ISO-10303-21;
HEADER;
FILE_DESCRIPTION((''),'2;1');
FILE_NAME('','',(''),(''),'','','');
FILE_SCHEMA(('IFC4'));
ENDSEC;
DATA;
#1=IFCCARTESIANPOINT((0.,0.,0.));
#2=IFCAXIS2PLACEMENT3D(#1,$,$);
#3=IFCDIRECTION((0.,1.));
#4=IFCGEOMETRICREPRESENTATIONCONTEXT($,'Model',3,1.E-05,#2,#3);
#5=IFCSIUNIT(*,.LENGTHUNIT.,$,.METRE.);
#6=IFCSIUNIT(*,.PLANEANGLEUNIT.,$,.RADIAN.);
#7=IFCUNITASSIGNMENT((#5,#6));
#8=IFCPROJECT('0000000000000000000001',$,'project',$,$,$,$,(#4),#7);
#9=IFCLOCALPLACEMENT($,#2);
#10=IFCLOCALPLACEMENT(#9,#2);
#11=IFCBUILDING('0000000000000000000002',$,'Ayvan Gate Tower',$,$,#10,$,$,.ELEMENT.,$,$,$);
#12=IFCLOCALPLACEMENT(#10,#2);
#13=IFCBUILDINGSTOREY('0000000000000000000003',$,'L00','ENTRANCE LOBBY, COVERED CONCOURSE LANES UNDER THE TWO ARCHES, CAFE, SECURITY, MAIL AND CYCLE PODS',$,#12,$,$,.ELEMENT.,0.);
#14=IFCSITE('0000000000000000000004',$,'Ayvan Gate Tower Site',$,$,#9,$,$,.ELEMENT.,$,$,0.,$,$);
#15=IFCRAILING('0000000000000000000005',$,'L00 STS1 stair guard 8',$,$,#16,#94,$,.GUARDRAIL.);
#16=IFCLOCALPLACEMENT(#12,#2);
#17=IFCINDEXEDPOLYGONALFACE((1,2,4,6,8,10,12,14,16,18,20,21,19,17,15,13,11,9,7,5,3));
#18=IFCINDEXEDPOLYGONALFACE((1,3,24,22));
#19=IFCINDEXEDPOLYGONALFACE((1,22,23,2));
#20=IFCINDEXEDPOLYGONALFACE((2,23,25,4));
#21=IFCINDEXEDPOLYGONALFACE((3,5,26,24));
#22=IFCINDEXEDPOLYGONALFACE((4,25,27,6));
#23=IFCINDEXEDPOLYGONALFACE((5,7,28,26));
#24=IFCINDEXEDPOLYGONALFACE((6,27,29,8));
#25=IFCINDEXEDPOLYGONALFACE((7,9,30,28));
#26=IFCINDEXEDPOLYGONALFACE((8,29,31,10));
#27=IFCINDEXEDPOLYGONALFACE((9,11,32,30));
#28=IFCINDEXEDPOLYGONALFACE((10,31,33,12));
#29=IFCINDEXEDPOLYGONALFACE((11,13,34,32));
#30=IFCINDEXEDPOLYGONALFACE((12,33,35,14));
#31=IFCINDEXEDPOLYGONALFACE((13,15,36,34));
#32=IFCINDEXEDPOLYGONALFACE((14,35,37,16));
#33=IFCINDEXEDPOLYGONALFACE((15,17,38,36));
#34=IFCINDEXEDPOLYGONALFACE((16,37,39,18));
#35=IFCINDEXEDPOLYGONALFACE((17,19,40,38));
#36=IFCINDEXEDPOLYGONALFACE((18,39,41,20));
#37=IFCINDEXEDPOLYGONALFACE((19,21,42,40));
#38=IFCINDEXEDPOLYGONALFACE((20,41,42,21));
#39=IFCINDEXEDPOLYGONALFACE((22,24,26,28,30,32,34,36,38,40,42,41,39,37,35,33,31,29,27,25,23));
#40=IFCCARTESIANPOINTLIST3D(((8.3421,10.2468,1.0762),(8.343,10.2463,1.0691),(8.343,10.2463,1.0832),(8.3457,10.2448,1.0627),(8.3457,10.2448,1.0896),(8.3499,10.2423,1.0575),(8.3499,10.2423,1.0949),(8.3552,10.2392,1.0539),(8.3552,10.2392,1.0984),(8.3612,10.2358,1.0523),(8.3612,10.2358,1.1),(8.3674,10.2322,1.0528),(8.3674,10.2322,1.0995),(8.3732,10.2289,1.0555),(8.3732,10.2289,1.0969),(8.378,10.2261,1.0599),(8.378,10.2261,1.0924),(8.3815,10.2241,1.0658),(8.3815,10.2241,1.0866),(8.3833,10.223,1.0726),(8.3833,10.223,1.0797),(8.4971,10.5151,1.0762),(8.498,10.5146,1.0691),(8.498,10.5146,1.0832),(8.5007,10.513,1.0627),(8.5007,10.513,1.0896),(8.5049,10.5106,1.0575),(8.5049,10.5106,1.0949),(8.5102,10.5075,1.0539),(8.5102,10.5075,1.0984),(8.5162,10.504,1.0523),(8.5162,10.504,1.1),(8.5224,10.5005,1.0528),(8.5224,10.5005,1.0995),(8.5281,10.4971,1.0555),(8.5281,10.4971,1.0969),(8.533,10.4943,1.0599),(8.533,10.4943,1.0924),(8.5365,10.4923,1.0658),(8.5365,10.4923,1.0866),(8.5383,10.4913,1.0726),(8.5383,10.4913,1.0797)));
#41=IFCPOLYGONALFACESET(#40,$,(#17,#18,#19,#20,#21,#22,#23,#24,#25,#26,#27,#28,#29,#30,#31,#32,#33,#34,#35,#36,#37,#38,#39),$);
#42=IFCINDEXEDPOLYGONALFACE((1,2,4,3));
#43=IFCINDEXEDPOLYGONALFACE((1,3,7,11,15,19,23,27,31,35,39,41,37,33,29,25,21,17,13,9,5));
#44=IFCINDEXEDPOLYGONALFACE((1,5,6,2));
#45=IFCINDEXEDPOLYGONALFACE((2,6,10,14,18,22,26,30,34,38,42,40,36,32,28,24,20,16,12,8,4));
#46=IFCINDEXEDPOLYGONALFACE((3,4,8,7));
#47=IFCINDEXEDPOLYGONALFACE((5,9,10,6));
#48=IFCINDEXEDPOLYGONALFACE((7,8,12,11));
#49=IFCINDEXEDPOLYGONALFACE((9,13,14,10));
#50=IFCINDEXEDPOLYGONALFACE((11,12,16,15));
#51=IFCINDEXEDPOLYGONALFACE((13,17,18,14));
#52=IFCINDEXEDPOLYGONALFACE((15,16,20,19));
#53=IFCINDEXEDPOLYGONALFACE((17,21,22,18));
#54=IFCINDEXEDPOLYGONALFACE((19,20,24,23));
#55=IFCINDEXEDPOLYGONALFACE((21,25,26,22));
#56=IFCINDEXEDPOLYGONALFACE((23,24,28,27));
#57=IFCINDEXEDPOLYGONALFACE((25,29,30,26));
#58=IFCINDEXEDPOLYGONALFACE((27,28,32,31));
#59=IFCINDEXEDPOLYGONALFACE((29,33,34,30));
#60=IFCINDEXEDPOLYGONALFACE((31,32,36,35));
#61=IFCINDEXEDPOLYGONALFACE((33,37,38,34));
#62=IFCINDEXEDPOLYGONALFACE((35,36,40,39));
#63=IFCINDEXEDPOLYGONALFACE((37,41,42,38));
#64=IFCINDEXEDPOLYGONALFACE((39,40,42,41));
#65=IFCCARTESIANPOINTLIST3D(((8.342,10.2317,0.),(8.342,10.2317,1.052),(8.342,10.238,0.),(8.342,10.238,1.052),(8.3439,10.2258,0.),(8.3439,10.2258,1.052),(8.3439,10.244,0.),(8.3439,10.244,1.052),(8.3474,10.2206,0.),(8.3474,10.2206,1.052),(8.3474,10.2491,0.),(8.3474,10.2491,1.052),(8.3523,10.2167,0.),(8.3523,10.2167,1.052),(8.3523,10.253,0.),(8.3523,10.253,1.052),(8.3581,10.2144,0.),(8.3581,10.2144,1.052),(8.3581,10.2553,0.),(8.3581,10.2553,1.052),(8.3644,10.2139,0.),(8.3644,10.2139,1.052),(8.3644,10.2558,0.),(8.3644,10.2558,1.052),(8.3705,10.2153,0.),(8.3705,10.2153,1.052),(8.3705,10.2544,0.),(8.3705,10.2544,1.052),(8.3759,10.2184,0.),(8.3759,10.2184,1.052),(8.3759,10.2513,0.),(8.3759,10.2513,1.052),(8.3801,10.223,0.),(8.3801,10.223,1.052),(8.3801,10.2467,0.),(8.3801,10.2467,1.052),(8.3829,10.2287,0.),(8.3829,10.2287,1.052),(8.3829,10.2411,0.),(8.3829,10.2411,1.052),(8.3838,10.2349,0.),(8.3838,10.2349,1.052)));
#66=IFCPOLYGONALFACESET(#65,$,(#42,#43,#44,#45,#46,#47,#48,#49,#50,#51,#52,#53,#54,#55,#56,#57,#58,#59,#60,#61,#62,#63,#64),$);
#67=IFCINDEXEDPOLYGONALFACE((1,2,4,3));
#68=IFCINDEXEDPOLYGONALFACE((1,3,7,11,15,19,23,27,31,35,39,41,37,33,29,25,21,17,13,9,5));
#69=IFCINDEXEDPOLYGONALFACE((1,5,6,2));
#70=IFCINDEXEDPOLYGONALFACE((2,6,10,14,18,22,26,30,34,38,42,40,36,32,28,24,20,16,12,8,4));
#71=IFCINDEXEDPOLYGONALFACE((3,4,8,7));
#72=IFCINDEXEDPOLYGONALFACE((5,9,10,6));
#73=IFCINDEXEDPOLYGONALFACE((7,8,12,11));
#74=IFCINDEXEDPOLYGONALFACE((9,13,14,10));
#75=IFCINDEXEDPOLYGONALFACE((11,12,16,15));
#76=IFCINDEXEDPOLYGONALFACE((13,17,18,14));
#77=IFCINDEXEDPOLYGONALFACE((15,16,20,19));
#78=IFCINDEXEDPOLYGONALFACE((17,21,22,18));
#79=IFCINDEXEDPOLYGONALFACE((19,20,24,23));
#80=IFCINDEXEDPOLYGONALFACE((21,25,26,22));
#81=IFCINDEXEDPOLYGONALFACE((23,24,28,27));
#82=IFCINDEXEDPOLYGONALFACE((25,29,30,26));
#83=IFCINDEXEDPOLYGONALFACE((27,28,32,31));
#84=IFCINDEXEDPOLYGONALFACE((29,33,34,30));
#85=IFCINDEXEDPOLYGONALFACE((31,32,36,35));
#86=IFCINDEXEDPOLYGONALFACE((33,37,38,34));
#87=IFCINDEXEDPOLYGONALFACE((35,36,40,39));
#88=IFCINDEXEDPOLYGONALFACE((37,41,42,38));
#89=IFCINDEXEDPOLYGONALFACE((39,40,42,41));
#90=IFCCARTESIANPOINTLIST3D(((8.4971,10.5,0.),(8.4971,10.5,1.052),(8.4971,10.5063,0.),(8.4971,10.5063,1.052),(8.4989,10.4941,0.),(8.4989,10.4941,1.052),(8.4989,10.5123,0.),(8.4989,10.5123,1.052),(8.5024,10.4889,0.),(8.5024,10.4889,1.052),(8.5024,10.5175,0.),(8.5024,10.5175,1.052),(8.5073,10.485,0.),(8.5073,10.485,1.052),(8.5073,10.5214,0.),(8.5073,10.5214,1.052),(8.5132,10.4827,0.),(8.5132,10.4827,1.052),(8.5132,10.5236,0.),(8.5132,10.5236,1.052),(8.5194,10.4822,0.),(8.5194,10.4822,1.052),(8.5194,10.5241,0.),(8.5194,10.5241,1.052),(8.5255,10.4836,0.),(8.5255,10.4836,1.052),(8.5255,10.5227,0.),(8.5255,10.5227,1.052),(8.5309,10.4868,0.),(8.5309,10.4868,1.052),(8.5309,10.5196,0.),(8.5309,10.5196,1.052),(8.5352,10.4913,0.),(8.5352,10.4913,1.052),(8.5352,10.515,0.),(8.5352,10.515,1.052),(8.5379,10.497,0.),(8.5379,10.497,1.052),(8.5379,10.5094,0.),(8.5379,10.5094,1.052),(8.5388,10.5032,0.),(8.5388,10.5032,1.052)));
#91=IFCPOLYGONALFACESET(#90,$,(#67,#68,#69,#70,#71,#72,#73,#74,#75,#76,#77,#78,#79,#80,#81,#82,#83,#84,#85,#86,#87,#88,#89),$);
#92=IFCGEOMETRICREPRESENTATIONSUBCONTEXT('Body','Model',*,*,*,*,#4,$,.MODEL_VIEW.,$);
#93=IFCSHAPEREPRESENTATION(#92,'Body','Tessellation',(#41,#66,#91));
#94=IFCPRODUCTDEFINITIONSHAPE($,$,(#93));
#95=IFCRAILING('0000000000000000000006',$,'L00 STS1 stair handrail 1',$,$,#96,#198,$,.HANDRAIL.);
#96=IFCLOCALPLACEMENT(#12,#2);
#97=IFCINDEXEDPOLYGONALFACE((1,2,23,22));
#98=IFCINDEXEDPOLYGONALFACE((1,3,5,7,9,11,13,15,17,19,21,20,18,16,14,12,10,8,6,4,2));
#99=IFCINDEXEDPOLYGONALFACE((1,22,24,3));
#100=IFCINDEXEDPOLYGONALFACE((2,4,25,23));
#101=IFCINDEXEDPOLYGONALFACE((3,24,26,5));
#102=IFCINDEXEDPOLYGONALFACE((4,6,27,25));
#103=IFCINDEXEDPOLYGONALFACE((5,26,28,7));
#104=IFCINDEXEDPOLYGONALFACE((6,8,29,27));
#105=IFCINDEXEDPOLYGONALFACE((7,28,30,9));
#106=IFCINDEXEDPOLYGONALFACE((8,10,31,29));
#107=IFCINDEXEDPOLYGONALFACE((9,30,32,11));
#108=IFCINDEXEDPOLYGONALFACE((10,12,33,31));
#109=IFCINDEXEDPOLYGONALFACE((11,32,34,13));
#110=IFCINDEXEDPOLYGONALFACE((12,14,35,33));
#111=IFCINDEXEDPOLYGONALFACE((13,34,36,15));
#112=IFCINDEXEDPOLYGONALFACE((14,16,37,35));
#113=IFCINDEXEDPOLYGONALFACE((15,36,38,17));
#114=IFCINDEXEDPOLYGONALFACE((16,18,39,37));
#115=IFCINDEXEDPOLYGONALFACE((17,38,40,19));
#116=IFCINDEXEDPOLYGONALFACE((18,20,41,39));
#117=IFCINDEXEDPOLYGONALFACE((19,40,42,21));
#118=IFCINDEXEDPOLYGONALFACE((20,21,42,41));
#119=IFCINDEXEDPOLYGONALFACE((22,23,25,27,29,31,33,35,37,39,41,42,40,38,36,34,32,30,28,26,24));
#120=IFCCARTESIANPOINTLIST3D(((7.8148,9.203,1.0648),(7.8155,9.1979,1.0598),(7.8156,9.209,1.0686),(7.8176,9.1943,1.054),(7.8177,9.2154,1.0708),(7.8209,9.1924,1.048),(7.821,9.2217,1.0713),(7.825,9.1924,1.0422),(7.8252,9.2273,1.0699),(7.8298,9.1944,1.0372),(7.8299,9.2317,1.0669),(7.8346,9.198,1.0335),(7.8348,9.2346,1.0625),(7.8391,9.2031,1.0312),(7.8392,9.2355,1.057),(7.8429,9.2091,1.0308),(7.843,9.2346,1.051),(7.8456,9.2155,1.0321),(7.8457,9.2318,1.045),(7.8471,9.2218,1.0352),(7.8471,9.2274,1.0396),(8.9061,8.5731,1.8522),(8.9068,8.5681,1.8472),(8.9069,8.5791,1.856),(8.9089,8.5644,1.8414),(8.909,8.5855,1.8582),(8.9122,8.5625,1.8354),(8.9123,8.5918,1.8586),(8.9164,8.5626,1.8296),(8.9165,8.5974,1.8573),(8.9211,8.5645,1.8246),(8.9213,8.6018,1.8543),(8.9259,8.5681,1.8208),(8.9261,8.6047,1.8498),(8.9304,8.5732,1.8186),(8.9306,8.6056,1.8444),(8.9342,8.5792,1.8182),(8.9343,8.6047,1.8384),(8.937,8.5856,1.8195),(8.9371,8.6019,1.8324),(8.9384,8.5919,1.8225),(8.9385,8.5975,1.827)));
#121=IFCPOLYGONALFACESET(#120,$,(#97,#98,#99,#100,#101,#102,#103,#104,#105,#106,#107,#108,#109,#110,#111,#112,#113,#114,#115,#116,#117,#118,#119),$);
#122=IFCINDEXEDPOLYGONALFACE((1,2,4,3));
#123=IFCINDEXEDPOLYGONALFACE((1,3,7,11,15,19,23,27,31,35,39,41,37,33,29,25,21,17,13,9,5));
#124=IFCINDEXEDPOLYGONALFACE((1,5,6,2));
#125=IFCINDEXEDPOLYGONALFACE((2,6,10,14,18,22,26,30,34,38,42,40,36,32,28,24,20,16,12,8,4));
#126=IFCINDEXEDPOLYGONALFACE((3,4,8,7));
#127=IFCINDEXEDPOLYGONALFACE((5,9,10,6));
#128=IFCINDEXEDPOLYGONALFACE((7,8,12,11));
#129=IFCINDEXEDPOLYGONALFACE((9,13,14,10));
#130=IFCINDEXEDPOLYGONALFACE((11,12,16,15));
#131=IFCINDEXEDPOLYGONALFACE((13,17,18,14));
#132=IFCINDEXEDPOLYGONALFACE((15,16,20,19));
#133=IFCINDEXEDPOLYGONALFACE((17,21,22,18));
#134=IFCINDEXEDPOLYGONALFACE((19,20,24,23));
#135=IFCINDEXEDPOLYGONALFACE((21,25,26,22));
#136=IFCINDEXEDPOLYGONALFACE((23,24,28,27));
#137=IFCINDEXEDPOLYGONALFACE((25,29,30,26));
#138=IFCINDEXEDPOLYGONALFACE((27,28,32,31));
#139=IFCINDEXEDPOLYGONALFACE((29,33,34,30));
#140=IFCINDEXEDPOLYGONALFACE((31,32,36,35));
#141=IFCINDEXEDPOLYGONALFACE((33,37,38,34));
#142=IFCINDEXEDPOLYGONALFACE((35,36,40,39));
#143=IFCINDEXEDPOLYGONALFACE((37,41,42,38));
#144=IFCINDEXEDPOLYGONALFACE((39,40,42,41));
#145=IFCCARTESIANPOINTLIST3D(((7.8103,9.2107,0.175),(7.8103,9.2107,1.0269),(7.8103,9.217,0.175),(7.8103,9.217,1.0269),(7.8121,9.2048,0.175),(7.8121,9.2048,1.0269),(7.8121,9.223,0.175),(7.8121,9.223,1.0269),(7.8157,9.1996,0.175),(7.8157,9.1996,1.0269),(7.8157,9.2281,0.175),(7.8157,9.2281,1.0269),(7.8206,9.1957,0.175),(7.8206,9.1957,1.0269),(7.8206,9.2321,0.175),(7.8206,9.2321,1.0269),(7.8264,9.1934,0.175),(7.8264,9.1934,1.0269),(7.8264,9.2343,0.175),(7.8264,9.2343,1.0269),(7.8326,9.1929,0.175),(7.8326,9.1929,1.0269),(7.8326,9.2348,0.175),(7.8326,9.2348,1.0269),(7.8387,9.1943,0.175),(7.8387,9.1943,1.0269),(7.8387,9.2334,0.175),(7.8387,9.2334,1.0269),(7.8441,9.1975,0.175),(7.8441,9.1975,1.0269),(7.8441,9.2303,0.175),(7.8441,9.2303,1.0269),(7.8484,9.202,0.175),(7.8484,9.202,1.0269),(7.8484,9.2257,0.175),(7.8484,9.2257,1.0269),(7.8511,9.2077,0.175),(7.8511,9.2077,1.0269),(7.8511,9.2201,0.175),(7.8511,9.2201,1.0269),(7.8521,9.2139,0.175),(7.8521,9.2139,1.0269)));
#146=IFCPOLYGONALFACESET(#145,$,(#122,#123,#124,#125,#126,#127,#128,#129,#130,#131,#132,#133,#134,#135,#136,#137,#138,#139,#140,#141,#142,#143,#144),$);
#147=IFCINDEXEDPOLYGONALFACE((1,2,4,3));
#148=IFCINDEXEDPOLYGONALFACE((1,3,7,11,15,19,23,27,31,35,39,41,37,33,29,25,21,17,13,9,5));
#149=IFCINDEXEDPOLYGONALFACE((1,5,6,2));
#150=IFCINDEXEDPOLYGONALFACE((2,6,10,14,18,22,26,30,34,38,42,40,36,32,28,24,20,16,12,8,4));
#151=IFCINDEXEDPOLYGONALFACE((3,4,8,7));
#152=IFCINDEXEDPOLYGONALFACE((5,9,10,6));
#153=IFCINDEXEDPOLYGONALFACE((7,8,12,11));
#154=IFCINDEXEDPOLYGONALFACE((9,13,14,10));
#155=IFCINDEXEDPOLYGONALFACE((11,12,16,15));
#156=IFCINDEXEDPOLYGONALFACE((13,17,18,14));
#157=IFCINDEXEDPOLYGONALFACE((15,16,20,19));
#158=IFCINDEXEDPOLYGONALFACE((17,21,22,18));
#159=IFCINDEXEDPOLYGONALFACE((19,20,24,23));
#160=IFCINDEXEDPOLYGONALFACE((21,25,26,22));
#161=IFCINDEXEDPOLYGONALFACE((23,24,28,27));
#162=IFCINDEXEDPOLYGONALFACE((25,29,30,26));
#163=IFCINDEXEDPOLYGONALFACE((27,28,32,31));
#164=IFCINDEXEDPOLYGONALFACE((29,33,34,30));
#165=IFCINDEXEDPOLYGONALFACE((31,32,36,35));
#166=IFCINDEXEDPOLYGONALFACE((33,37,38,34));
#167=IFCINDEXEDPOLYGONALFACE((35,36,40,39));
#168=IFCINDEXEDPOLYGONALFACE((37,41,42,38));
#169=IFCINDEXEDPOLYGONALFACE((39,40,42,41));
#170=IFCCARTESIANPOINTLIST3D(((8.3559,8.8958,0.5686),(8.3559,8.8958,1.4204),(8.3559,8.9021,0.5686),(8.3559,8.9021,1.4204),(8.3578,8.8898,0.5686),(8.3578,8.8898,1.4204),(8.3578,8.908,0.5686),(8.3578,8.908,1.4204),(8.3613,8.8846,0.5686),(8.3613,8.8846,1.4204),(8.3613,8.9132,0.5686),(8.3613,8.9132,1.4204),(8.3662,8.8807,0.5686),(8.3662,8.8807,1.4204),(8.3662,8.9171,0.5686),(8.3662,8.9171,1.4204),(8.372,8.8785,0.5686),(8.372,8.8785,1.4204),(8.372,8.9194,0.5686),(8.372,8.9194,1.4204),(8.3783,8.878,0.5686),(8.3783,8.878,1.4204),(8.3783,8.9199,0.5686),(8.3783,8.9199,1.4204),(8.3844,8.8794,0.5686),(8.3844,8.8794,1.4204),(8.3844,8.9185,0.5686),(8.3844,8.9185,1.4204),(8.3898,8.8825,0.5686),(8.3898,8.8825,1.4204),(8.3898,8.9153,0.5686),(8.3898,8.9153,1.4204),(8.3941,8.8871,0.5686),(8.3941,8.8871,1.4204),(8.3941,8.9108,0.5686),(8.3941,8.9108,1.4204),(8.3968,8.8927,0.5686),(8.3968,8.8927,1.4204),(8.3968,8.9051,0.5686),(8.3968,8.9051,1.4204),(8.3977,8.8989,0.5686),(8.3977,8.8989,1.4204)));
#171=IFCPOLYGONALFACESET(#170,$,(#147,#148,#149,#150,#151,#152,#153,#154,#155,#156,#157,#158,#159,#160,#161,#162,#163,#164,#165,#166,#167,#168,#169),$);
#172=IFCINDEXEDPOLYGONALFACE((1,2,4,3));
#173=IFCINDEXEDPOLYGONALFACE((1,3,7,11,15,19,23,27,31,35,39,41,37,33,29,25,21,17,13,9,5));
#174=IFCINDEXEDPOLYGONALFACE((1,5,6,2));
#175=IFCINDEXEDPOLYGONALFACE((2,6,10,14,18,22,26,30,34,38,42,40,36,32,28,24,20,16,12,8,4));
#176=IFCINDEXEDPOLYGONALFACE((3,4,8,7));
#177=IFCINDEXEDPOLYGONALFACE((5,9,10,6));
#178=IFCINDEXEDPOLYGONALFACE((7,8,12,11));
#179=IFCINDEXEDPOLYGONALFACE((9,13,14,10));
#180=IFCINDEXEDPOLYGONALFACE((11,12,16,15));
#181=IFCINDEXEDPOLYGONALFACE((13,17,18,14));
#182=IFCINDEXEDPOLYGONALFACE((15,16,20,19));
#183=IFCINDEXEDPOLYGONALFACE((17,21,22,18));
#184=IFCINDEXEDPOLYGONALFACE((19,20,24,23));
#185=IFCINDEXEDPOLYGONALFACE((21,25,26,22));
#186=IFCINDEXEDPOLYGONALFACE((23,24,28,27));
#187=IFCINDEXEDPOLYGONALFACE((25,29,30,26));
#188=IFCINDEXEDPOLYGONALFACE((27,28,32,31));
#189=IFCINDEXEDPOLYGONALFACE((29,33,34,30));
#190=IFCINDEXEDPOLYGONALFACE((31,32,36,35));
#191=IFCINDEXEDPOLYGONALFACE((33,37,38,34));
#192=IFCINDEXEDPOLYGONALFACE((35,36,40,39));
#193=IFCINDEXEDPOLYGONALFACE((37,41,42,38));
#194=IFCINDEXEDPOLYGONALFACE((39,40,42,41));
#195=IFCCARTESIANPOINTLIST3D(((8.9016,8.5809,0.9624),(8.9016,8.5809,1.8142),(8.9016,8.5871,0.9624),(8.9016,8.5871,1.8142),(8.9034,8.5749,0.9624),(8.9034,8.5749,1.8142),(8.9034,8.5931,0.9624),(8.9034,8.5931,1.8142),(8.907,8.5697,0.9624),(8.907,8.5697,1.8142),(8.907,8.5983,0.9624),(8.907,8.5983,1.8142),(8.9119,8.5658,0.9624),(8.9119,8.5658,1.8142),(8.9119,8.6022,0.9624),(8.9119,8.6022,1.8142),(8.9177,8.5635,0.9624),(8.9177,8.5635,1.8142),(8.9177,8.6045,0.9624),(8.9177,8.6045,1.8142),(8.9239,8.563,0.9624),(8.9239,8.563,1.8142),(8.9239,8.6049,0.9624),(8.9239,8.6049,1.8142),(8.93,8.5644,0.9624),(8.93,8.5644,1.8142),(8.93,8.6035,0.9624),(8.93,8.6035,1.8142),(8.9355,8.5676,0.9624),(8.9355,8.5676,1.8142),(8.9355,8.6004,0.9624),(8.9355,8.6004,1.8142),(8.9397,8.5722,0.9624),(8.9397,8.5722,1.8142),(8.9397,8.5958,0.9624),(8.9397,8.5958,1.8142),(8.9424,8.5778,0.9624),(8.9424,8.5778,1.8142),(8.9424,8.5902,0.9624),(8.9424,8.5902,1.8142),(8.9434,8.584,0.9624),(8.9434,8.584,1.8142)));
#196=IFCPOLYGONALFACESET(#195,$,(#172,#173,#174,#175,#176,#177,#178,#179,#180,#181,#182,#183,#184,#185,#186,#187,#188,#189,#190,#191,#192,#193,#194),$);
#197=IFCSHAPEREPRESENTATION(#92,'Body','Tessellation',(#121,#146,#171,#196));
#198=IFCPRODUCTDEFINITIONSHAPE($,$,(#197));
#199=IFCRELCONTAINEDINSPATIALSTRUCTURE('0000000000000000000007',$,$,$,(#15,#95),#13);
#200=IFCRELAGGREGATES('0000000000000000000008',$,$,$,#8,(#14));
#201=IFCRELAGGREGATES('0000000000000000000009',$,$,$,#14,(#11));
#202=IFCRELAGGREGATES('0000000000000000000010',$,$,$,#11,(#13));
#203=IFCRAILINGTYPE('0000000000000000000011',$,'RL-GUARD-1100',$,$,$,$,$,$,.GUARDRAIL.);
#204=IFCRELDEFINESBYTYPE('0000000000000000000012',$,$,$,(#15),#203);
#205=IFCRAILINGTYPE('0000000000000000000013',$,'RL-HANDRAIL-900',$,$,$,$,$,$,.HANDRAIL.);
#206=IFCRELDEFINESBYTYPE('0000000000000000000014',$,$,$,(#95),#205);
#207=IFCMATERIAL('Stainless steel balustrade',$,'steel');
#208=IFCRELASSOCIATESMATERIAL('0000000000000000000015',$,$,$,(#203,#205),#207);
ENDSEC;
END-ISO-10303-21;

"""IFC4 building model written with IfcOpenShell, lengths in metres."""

from ifc_helpers import new_model, si_unit, direction, frame, origin, origin_2d, place, context, subcontext, project, spatial, circle, extrude, material, type_object, element, save


model = new_model("IFC4")

# Units and contexts
model_context = context("Model", 3, precision=1e-05, world=origin(), true_north=direction((0.0, 1.0)))
body_context = subcontext(model_context, "Body", "Model", "MODEL_VIEW")
ifc_project = project(units=[si_unit("LENGTHUNIT", "METRE"), si_unit("PLANEANGLEUNIT", "RADIAN")], contexts=[model_context])

# Site, building, storey
site_placement = place(None, origin())
site = spatial("IfcSite", under=ifc_project, at=site_placement, Name="Ayvan Gate Tower Site", CompositionType="ELEMENT", RefElevation=0.0)
building_placement = place(site_placement, origin())
building = spatial("IfcBuilding", under=site, at=building_placement, Name="Ayvan Gate Tower", CompositionType="ELEMENT")
storey_placement = place(building_placement, origin())
storey = spatial("IfcBuildingStorey", under=building, at=storey_placement, Name="L00", Description="ENTRANCE LOBBY, COVERED CONCOURSE LANES UNDER THE TWO ARCHES, CAFE, SECURITY, MAIL AND CYCLE PODS", CompositionType="ELEMENT", Elevation=0.0)

# Railings
ifc_material_1 = material(Name="Stainless steel balustrade", Category="steel")
railing_type_1 = type_object("IfcRailingType", Name="RL-GUARD-1100", PredefinedType="GUARDRAIL", material=ifc_material_1)
railing_1_placement = place(storey_placement, frame((8.3628, 10.2349, 0.0)))
element("IfcRailing", 1, at=railing_1_placement, inside=storey, type_object=railing_type_1, Name="L00 STS1 stair guard 8", PredefinedType="GUARDRAIL", context=body_context, shape_type="SweptSolid", body=[
    extrude(circle(Radius=0.0239, at=origin_2d()), frame((0.0, 0.0, 1.0762), z_axis=(0.500291, 0.865857, 0.0), x_axis=(-0.865857, 0.500291, 0.0)), (0.0, 0.0, 1.0), 0.3098),
    extrude(circle(Radius=0.021, at=origin_2d()), origin(), (0.0, 0.0, 1.0), 1.052),
    extrude(circle(Radius=0.021, at=origin_2d()), frame((0.155, 0.2683, 0.0)), (0.0, 0.0, 1.0), 1.052),
])
railing_type_2 = type_object("IfcRailingType", Name="RL-HANDRAIL-900", PredefinedType="HANDRAIL", material=ifc_material_1)
railing_2_placement = place(storey_placement, frame((7.8311, 9.2139, 0.175)))
element("IfcRailing", 2, at=railing_2_placement, inside=storey, type_object=railing_type_2, Name="L00 STS1 stair handrail 1", PredefinedType="HANDRAIL", context=body_context, shape_type="SweptSolid", body=[
    extrude(circle(Radius=0.0239, at=origin_2d()), frame((0.0, 0.0, 0.876), z_axis=(0.734487, -0.423932, 0.529915), x_axis=(0.49989, 0.866089, 0.0)), (0.0, 0.0, 1.0), 1.4858),
    extrude(circle(Radius=0.021, at=origin_2d()), origin(), (0.0, 0.0, 1.0), 0.8518),
    extrude(circle(Radius=0.021, at=origin_2d()), frame((0.5457, -0.3149, 0.3936)), (0.0, 0.0, 1.0), 0.8518),
    extrude(circle(Radius=0.021, at=origin_2d()), frame((1.0913, -0.6299, 0.7874)), (0.0, 0.0, 1.0), 0.8518),
])

save(model, "model.ifc")
